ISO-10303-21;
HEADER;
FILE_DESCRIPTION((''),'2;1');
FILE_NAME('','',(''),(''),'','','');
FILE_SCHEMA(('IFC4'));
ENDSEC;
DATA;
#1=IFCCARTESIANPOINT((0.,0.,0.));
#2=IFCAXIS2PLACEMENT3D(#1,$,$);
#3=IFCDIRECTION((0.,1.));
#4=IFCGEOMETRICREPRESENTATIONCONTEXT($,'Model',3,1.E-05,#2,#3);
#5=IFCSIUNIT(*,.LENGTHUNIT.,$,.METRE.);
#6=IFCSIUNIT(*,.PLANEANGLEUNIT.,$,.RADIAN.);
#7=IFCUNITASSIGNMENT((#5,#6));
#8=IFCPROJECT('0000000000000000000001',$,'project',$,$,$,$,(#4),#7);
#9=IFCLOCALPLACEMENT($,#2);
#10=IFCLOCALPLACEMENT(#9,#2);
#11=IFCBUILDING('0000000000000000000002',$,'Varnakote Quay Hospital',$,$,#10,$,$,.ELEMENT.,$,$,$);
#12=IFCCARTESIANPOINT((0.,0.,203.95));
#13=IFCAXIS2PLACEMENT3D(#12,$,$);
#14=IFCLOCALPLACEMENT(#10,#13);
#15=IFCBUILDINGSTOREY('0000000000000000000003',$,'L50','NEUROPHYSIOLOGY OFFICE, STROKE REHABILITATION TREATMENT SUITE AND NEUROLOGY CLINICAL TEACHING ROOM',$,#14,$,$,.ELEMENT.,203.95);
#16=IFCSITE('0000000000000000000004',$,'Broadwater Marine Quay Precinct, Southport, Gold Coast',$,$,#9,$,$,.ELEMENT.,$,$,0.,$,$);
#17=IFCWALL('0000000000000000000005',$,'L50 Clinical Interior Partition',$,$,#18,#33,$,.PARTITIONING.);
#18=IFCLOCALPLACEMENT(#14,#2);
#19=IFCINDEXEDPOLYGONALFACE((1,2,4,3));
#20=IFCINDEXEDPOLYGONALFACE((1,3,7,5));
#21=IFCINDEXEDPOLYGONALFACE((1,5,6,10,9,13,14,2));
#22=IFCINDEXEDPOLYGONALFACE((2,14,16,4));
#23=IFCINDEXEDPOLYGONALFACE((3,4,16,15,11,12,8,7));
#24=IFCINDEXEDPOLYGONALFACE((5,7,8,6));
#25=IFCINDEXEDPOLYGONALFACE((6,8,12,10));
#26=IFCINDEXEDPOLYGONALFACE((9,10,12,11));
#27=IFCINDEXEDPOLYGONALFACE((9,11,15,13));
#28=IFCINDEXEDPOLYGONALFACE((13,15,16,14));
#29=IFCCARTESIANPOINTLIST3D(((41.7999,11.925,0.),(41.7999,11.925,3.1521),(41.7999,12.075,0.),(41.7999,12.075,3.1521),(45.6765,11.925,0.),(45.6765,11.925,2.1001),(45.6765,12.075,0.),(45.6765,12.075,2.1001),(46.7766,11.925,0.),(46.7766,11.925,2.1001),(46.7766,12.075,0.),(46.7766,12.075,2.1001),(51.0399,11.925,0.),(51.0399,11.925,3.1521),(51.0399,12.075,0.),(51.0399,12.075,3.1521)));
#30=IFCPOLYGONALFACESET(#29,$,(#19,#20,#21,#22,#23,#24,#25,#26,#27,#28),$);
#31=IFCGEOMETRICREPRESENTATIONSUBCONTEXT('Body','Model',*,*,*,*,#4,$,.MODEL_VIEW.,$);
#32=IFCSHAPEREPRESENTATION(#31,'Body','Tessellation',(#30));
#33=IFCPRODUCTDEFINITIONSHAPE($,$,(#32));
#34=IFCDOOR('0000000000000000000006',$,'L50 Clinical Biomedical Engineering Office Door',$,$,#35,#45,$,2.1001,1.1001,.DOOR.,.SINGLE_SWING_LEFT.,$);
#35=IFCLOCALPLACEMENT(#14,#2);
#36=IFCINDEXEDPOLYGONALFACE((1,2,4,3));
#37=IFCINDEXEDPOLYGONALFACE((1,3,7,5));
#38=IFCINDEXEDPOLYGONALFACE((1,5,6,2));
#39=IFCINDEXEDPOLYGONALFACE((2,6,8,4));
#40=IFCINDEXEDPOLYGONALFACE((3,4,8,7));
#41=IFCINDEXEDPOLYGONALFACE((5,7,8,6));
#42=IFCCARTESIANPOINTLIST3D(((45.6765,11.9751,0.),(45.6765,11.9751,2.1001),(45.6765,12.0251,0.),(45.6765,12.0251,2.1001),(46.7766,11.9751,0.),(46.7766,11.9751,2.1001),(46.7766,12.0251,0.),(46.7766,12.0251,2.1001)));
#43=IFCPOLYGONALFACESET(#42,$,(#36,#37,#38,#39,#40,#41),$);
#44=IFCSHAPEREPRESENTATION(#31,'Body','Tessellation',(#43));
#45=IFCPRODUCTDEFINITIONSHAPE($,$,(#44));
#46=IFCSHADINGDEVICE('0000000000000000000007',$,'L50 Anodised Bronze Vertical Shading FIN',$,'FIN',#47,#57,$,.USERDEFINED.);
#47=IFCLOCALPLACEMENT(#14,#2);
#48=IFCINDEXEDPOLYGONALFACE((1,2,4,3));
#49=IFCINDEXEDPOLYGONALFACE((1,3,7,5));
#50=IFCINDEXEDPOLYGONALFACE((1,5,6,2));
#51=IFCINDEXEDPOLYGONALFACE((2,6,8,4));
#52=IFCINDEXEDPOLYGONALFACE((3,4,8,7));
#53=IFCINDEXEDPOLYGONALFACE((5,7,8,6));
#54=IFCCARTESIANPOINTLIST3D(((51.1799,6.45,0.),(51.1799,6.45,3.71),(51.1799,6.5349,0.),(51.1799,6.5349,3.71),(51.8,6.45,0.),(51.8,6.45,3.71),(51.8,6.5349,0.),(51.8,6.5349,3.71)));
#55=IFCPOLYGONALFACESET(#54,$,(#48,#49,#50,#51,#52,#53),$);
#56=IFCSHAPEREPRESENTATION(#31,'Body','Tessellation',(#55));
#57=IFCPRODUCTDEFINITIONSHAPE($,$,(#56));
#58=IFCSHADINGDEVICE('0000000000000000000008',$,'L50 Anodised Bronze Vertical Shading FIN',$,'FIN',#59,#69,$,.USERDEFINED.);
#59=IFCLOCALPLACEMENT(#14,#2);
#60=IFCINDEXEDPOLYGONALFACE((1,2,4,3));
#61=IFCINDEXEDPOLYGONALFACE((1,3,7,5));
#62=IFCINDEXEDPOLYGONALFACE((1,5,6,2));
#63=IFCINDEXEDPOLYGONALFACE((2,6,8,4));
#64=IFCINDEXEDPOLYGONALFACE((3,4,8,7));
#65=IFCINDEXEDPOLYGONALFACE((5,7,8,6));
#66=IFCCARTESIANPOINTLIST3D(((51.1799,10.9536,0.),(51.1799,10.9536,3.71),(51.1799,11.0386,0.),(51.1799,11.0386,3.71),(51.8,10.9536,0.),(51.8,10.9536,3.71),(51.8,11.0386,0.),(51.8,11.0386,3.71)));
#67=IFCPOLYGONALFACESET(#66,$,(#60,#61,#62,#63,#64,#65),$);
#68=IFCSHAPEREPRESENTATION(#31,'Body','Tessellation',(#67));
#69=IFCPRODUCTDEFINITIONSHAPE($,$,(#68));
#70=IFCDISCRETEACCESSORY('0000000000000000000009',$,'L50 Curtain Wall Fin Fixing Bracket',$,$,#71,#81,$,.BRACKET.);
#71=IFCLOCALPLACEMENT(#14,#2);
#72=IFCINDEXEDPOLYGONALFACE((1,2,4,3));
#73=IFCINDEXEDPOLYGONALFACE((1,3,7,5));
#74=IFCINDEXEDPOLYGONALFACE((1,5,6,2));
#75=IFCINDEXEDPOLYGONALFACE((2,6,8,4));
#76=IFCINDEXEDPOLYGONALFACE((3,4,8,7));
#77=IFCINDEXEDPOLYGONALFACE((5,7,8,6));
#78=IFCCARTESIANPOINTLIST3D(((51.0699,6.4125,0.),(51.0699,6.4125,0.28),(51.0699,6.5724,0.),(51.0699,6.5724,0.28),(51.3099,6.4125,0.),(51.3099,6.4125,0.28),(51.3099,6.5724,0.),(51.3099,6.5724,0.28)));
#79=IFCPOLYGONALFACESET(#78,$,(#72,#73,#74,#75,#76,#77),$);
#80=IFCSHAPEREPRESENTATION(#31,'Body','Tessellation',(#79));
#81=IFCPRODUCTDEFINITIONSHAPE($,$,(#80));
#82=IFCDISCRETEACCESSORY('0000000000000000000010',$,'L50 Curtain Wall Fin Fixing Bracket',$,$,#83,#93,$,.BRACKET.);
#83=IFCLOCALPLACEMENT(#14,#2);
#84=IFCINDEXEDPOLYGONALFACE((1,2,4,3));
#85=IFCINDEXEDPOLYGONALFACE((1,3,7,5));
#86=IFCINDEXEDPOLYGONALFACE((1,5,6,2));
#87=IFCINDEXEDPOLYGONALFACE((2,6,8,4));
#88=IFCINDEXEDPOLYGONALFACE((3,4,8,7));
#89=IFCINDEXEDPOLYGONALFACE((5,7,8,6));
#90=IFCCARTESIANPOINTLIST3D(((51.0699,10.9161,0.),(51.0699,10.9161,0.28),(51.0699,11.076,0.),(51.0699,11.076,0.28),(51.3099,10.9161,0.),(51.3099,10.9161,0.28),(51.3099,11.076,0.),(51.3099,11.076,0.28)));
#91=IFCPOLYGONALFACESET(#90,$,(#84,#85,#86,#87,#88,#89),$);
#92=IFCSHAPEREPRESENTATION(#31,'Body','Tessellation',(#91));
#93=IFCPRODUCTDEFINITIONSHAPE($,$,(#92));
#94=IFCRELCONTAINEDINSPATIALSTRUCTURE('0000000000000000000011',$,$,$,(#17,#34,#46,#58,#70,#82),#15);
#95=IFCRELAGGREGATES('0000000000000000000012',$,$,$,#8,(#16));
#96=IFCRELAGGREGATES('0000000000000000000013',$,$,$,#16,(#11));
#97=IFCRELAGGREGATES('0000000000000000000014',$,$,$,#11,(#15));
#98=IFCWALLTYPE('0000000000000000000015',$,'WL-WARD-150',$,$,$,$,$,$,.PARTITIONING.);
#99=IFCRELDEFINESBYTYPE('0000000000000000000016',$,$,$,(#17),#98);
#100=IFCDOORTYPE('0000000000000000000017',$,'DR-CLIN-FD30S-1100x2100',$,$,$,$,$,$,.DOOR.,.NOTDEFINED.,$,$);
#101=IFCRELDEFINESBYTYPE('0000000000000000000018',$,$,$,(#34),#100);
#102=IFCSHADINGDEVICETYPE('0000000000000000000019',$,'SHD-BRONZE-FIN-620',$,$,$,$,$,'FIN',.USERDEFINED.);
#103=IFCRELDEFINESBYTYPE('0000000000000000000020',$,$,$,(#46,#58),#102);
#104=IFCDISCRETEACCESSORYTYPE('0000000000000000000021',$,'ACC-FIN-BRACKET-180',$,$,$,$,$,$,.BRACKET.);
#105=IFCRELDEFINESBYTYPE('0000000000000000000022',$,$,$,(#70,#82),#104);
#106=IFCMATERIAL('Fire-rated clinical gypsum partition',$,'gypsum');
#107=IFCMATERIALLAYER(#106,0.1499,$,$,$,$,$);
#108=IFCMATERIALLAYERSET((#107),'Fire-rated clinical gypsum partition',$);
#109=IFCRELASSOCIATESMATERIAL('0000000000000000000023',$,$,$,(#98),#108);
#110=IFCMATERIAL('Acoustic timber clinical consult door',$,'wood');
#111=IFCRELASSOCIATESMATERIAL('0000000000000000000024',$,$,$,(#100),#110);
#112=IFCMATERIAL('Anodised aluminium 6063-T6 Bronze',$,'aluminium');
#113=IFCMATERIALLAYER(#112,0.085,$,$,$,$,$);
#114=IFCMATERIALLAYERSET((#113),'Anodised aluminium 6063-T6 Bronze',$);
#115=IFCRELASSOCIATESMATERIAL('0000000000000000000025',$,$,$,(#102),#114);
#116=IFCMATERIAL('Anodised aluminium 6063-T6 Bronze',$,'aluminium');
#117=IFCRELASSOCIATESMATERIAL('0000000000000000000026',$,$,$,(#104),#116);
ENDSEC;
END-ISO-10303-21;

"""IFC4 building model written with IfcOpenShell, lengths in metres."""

from ifc_helpers import new_model, si_unit, direction, frame, frame_2d, origin, origin_2d, place, context, subcontext, project, spatial, rectangle, extrude, material, layer, layer_set, type_object, element, fill, save


model = new_model("IFC4")

# Units and contexts
model_context = context("Model", 3, precision=1e-05, world=origin(), true_north=direction((0.0, 1.0)))
body_context = subcontext(model_context, "Body", "Model", "MODEL_VIEW")
ifc_project = project(units=[si_unit("LENGTHUNIT", "METRE"), si_unit("PLANEANGLEUNIT", "RADIAN")], contexts=[model_context])

# Site, building, storey
site_placement = place(None, origin())
site = spatial("IfcSite", under=ifc_project, at=site_placement, Name="Broadwater Marine Quay Precinct, Southport, Gold Coast", CompositionType="ELEMENT", RefElevation=0.0)
building_placement = place(site_placement, origin())
building = spatial("IfcBuilding", under=site, at=building_placement, Name="Varnakote Quay Hospital", CompositionType="ELEMENT")
storey_placement = place(building_placement, frame((0.0, 0.0, 203.95)))
storey = spatial("IfcBuildingStorey", under=building, at=storey_placement, Name="L50", Description="NEUROPHYSIOLOGY OFFICE, STROKE REHABILITATION TREATMENT SUITE AND NEUROLOGY CLINICAL TEACHING ROOM", CompositionType="ELEMENT", Elevation=203.95)

# Wall, opening, door
ifc_material_1 = material(Name="Fire-rated clinical gypsum partition", Category="gypsum")
ifc_layer_1 = layer(ifc_material_1, 0.1499)
ifc_layer_set_1 = layer_set([ifc_layer_1], Name="Fire-rated clinical gypsum partition")
wall_type_1 = type_object("IfcWallType", Name="WL-WARD-150", PredefinedType="PARTITIONING", material=ifc_layer_set_1)
wall_1_placement = place(storey_placement, frame((51.04, 12.0, 0.0), z_axis=(0.0, 0.0, 1.0), x_axis=(-1.0, 0.0, 0.0)))
wall_1 = element("IfcWall", 1, at=wall_1_placement, inside=storey, type_object=wall_type_1, Name="L50 Clinical Interior Partition", PredefinedType="PARTITIONING", context=body_context, shape_type="SweptSolid", body=[
    extrude(rectangle(XDim=9.24, YDim=0.1499, at=frame_2d((4.6201, 0.0))), origin(), (0.0, 0.0, 1.0), 3.1521),
])
opening_placement = place(wall_1_placement, frame((4.2634, 0.0, 0.0)))
opening = element("IfcOpeningElement", 2, at=opening_placement, cuts=wall_1, PredefinedType="OPENING", context=body_context, shape_type="SweptSolid", body=[
    extrude(rectangle(XDim=1.1001, YDim=2.1001, at=frame_2d((0.55, 1.05))), frame((0.0, 0.085, 0.0), z_axis=(0.0, -1.0, 0.0), x_axis=(1.0, 0.0, 0.0)), (0.0, 0.0, 1.0), 0.1699),
])
ifc_material_2 = material(Name="Acoustic timber clinical consult door", Category="wood")
door_type = type_object("IfcDoorType", Name="DR-CLIN-FD30S-1100x2100", OperationType="NOTDEFINED", PredefinedType="DOOR", material=ifc_material_2)
door_placement = place(opening_placement, origin())
door = element("IfcDoor", 3, at=door_placement, inside=storey, type_object=door_type, Name="L50 Clinical Biomedical Engineering Office Door", OperationType="SINGLE_SWING_LEFT", OverallHeight=2.1001, OverallWidth=1.1001, PredefinedType="DOOR", context=body_context, shape_type="SweptSolid", body=[
    extrude(rectangle(XDim=1.1001, YDim=2.1001, at=frame_2d((0.55, 1.05))), frame((0.0, 0.0249, 0.0), z_axis=(0.0, -1.0, 0.0), x_axis=(1.0, 0.0, 0.0)), (0.0, 0.0, 1.0), 0.05),
])
fill(opening, door)

# Shading devices
ifc_material_3 = material(Name="Anodised aluminium 6063-T6 Bronze", Category="aluminium")
ifc_layer_2 = layer(ifc_material_3, 0.085)
ifc_layer_set_2 = layer_set([ifc_layer_2], Name="Anodised aluminium 6063-T6 Bronze")
shading_device_type = type_object("IfcShadingDeviceType", Name="SHD-BRONZE-FIN-620", ElementType="FIN", PredefinedType="USERDEFINED", material=ifc_layer_set_2)
for number, where, z_axis, x_axis, name in (
    (4, (51.49, 6.4924, 0.0), (0.0, 0.0, 1.0), (-1.0, 0.0, 0.0), "L50 Anodised Bronze Vertical Shading FIN"),
    (5, (51.49, 10.9961, 0.0), (0.0, 0.0, 1.0), (-1.0, 0.0, 0.0), "L50 Anodised Bronze Vertical Shading FIN"),
):
    element("IfcShadingDevice", number, at=place(storey_placement, frame(where, z_axis=z_axis, x_axis=x_axis)), inside=storey, type_object=shading_device_type, Name=name, ObjectType="FIN", PredefinedType="USERDEFINED", context=body_context, shape_type="SweptSolid", body=[
        extrude(rectangle(XDim=0.6201, YDim=0.085, at=origin_2d()), origin(), (0.0, 0.0, 1.0), 3.71),
    ])

# Discrete accessories
ifc_material_4 = material(Name="Anodised aluminium 6063-T6 Bronze", Category="aluminium")
discrete_accessory_type = type_object("IfcDiscreteAccessoryType", Name="ACC-FIN-BRACKET-180", PredefinedType="BRACKET", material=ifc_material_4)
for number, where, z_axis, x_axis, name in (
    (6, (51.1899, 6.4924, 0.0), (0.0, 0.0, 1.0), (0.0, 1.0, 0.0), "L50 Curtain Wall Fin Fixing Bracket"),
    (7, (51.1899, 10.9961, 0.0), (0.0, 0.0, 1.0), (0.0, 1.0, 0.0), "L50 Curtain Wall Fin Fixing Bracket"),
):
    element("IfcDiscreteAccessory", number, at=place(storey_placement, frame(where, z_axis=z_axis, x_axis=x_axis)), inside=storey, type_object=discrete_accessory_type, Name=name, PredefinedType="BRACKET", context=body_context, shape_type="SweptSolid", body=[
        extrude(rectangle(XDim=0.1599, YDim=0.24, at=origin_2d()), origin(), (0.0, 0.0, 1.0), 0.28),
    ])

save(model, "model.ifc")
